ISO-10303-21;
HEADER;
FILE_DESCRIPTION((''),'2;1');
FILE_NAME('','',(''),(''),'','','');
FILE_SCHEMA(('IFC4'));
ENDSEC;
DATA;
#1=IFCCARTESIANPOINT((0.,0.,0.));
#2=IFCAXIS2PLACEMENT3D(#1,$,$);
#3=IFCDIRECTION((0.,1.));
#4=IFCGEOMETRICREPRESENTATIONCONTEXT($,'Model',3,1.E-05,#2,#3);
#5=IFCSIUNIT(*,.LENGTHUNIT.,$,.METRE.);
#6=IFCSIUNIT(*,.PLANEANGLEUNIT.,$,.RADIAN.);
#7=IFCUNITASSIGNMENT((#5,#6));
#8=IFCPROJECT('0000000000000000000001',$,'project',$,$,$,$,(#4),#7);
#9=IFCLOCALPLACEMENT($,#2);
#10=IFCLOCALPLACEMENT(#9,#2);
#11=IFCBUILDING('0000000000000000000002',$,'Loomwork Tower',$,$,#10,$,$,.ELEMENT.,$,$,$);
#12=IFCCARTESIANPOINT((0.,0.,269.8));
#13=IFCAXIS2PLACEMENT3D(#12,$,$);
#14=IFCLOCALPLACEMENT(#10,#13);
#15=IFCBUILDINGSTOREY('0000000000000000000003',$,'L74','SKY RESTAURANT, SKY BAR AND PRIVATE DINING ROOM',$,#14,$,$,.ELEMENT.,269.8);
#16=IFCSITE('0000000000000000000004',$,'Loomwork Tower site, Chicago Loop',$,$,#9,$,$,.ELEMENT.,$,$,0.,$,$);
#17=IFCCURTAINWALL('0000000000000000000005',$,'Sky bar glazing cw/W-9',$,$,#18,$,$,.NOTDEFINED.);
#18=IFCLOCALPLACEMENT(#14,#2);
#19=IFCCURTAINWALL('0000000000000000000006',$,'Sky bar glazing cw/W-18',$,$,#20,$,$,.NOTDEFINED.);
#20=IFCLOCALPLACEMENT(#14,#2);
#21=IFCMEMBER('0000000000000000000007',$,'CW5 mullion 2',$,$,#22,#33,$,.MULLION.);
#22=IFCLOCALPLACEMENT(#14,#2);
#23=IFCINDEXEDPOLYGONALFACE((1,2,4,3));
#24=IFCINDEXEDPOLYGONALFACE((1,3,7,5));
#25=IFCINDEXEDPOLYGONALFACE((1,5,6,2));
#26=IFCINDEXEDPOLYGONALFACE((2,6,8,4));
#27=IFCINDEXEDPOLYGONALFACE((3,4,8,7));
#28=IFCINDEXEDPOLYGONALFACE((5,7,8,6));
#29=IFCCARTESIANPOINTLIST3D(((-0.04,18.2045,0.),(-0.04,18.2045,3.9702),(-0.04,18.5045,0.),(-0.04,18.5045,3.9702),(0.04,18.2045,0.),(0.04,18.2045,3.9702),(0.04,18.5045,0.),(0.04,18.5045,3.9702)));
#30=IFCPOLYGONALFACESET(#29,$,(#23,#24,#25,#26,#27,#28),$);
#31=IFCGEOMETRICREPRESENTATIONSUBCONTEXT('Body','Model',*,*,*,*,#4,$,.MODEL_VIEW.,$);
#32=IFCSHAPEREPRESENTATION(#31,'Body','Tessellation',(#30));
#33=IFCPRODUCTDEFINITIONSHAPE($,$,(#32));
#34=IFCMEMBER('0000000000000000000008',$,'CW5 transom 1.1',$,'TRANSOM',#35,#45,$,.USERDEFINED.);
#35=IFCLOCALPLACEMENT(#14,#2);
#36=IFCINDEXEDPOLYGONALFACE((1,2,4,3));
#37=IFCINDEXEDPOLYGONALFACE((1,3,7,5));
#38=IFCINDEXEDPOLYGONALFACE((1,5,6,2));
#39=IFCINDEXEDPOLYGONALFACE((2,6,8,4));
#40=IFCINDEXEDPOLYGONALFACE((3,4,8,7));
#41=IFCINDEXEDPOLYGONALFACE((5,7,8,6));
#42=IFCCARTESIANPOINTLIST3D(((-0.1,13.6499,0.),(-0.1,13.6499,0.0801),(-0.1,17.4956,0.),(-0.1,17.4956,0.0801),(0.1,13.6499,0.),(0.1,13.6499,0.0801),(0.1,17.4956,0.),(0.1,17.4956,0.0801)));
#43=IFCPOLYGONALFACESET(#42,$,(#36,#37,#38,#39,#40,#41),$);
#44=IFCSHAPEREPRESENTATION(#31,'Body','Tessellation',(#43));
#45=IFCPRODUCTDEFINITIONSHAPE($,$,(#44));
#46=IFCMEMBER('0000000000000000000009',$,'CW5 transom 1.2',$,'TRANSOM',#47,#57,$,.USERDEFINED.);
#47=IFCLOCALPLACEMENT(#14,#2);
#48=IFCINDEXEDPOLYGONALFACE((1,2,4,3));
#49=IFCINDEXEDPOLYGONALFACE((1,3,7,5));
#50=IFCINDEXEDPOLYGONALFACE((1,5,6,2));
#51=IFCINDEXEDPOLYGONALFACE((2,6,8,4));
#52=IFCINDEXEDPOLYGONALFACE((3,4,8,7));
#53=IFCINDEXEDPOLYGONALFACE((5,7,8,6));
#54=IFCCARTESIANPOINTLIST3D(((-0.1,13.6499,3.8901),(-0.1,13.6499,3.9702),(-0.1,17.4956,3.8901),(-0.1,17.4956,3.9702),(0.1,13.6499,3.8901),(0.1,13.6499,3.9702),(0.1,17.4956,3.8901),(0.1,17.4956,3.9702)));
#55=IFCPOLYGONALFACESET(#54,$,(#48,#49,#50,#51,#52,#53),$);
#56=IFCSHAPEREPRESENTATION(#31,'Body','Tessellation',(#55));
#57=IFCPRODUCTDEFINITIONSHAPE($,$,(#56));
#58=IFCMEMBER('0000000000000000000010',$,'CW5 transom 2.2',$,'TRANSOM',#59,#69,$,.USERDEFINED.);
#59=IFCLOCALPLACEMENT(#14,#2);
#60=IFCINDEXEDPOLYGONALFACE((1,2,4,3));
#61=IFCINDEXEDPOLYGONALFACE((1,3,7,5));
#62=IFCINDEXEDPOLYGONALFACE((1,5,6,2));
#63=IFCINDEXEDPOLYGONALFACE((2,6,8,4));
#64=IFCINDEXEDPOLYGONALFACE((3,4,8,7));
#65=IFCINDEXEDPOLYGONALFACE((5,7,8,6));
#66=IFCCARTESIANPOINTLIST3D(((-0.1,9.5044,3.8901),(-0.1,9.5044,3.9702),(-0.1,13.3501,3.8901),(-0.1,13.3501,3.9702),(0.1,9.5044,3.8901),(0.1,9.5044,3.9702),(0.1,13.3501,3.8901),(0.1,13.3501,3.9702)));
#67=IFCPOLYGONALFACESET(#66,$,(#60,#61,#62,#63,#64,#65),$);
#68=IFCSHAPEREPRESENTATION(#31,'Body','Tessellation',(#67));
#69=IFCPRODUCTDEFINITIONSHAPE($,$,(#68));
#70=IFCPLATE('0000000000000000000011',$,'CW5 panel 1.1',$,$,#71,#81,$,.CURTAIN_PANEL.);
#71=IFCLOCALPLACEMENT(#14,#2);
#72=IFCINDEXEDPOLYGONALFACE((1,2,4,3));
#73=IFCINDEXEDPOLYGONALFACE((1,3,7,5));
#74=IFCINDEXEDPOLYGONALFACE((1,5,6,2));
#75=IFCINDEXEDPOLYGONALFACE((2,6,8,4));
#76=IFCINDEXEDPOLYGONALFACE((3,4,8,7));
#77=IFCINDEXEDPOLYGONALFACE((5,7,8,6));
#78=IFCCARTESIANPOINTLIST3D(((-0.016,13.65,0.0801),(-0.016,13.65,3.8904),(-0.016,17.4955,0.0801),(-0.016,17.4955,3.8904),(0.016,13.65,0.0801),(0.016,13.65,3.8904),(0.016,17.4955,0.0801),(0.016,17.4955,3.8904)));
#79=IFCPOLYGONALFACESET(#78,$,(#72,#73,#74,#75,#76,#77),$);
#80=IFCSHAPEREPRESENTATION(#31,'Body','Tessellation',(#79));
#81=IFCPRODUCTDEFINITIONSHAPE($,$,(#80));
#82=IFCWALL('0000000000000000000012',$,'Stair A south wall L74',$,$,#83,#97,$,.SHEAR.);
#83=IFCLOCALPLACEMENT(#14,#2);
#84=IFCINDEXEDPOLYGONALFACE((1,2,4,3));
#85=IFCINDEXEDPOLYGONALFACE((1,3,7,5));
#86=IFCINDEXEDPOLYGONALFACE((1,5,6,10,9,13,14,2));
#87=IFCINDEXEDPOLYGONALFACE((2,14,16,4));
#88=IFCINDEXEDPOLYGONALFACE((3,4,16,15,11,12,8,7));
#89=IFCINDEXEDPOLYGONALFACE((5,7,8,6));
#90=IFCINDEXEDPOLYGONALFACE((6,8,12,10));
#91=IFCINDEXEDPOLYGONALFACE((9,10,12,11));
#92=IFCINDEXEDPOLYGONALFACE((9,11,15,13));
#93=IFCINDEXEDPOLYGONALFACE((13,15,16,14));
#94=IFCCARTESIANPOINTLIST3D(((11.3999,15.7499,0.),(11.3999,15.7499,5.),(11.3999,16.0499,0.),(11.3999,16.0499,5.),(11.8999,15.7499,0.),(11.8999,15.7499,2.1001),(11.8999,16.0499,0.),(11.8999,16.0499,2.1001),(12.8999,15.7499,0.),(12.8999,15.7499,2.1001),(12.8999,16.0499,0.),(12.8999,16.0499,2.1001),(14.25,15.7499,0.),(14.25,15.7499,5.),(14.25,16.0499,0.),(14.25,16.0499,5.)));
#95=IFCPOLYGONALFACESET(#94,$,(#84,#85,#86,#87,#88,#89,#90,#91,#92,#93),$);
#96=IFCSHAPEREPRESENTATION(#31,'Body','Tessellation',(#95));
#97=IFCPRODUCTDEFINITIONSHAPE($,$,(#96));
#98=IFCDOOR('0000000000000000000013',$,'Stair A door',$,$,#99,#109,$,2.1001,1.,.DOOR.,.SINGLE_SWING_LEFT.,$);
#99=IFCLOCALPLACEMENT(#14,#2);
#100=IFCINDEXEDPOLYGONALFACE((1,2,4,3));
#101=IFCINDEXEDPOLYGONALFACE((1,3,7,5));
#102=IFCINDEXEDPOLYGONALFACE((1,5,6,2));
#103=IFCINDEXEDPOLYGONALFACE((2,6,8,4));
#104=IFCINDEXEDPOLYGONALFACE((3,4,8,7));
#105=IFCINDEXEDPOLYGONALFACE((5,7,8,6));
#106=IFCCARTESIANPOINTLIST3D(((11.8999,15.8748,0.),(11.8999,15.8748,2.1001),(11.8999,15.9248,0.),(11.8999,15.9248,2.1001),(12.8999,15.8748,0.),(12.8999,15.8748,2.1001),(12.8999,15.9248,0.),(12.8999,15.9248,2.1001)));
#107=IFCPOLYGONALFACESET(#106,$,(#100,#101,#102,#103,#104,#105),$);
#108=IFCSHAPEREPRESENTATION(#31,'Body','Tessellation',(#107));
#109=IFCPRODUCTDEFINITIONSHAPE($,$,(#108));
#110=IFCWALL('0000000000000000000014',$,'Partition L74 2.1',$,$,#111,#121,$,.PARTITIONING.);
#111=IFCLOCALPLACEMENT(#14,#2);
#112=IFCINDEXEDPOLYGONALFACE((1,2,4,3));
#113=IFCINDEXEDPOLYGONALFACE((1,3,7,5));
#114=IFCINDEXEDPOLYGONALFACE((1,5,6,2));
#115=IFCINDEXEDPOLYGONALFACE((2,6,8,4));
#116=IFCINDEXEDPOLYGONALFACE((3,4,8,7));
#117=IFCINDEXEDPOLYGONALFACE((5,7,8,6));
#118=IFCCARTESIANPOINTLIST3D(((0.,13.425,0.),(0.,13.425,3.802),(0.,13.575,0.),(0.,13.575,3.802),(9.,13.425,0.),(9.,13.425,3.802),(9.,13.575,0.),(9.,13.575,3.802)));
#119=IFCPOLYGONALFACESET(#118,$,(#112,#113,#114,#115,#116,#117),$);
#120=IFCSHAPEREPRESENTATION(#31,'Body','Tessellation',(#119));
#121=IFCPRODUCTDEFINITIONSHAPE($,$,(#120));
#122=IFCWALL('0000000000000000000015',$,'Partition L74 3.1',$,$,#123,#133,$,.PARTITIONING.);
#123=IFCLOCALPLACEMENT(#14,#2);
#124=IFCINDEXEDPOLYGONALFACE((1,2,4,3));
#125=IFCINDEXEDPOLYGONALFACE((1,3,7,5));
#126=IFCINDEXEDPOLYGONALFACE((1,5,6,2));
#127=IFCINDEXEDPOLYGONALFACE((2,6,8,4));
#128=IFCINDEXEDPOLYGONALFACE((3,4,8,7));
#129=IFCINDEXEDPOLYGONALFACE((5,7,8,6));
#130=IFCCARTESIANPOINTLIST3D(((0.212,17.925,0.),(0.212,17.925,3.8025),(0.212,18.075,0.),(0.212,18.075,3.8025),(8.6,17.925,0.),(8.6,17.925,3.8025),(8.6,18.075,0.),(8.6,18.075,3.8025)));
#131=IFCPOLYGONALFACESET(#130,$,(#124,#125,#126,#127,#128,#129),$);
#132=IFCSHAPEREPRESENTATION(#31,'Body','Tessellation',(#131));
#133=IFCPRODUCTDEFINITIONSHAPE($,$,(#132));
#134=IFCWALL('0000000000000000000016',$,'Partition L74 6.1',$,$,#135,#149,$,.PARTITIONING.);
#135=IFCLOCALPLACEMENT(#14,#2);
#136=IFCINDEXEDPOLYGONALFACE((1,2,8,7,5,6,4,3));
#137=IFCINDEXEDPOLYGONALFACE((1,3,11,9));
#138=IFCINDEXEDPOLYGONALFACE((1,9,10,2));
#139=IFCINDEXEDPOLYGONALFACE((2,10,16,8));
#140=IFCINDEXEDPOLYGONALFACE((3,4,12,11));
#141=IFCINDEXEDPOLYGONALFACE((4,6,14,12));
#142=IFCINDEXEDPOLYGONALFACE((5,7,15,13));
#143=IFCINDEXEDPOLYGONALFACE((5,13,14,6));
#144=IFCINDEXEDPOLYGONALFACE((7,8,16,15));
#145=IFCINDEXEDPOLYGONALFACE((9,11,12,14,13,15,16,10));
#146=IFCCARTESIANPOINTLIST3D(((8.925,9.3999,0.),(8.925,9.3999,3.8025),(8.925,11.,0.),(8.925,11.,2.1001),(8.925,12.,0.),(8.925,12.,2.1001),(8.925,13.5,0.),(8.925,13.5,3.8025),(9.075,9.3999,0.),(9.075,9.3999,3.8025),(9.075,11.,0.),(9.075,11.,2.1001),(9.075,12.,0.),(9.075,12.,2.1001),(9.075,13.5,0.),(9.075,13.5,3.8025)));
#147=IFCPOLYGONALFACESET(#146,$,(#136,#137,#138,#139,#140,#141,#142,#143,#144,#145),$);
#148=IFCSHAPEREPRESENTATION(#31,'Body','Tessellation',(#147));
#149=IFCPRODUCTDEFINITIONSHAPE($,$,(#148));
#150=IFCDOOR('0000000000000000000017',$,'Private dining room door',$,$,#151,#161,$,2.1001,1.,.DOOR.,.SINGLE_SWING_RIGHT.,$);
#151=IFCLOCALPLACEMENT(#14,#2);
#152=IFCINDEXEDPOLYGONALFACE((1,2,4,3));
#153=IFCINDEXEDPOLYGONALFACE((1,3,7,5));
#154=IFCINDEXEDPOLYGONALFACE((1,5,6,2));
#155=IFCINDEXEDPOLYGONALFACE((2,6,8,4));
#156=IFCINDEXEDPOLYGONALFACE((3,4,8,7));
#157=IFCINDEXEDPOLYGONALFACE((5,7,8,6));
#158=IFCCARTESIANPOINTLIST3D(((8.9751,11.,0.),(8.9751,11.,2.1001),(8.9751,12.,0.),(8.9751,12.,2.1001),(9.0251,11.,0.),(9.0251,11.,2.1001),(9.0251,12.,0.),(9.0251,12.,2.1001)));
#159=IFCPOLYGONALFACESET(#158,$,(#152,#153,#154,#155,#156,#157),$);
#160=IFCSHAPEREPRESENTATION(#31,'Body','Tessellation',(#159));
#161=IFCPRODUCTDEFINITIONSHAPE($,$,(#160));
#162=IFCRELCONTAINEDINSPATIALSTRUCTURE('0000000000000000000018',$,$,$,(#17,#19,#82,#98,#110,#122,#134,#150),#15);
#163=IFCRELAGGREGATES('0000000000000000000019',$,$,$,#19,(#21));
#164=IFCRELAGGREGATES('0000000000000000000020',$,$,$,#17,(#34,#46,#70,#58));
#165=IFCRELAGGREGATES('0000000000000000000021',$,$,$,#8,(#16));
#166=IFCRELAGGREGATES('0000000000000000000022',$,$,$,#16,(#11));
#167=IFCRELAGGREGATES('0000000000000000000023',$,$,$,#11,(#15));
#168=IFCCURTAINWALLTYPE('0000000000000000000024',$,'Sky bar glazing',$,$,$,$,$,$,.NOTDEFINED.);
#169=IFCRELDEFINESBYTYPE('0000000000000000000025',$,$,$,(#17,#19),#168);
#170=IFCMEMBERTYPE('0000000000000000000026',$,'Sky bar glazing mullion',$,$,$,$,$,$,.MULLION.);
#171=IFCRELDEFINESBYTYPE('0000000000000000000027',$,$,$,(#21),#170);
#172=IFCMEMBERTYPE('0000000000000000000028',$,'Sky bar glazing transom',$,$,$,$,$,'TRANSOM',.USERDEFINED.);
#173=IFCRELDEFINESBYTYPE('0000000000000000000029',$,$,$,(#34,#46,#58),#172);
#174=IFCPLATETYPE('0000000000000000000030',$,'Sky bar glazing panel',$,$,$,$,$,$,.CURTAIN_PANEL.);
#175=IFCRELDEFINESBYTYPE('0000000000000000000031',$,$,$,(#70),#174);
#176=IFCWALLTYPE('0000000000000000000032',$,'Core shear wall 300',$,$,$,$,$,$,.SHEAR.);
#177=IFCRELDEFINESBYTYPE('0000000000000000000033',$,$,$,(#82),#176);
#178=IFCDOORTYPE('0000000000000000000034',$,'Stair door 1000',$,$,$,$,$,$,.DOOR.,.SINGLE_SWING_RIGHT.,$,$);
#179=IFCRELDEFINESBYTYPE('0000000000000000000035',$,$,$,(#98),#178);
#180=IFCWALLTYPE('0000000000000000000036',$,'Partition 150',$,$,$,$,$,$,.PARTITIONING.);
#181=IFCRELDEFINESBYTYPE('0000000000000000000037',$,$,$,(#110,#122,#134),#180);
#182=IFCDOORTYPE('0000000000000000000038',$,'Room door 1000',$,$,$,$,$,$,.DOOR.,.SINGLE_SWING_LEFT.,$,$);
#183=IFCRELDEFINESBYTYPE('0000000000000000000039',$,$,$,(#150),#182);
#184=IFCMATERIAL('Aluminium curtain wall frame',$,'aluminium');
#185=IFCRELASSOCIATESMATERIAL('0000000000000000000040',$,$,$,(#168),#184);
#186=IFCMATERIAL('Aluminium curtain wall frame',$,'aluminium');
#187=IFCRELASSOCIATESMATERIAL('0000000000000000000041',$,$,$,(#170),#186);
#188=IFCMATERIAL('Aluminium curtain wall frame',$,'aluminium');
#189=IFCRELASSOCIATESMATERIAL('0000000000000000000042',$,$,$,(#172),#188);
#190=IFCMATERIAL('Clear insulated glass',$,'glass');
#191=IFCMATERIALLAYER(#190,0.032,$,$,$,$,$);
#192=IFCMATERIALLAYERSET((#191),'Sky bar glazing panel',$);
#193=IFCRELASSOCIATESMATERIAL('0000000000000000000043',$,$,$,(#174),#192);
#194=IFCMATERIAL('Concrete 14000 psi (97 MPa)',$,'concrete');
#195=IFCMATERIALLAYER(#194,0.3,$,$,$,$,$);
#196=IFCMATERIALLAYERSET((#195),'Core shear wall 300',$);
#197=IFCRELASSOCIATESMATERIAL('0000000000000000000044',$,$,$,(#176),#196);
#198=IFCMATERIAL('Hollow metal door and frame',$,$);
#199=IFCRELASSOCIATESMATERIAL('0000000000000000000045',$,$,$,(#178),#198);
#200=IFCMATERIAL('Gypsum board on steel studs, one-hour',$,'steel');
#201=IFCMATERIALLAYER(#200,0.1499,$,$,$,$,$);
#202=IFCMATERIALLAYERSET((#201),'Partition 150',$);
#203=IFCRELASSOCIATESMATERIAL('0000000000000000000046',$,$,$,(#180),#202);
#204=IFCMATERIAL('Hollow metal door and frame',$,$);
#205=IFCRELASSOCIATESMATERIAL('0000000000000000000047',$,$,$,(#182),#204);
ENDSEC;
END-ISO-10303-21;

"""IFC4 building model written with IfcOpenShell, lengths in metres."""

from ifc_helpers import new_model, si_unit, direction, frame, frame_2d, origin, origin_2d, place, context, subcontext, project, spatial, rectangle, extrude, material, layer, layer_set, material_profile, profile_set, type_object, element, fill, aggregate, save


model = new_model("IFC4")

# Units and contexts
model_context = context("Model", 3, precision=1e-05, world=origin(), true_north=direction((0.0, 1.0)))
body_context = subcontext(model_context, "Body", "Model", "MODEL_VIEW")
ifc_project = project(units=[si_unit("LENGTHUNIT", "METRE"), si_unit("PLANEANGLEUNIT", "RADIAN")], contexts=[model_context])

# Site, building, storey
site_placement = place(None, origin())
site = spatial("IfcSite", under=ifc_project, at=site_placement, Name="Loomwork Tower site, Chicago Loop", CompositionType="ELEMENT", RefElevation=0.0)
building_placement = place(site_placement, origin())
building = spatial("IfcBuilding", under=site, at=building_placement, Name="Loomwork Tower", CompositionType="ELEMENT")
storey_placement = place(building_placement, frame((0.0, 0.0, 269.8)))
storey = spatial("IfcBuildingStorey", under=building, at=storey_placement, Name="L74", Description="SKY RESTAURANT, SKY BAR AND PRIVATE DINING ROOM", CompositionType="ELEMENT", Elevation=269.8)

# Curtain wall
ifc_material_1 = material(Name="Aluminium curtain wall frame", Category="aluminium")
curtain_wall_type = type_object("IfcCurtainWallType", Name="Sky bar glazing", PredefinedType="NOTDEFINED", material=ifc_material_1)
curtain_wall_1_placement = place(storey_placement, origin())
curtain_wall_1 = element("IfcCurtainWall", 1, at=curtain_wall_1_placement, inside=storey, type_object=curtain_wall_type, Name="Sky bar glazing cw/W-9", PredefinedType="NOTDEFINED")
ifc_material_2 = material(Name="Aluminium curtain wall frame", Category="aluminium")
ifc_material_profile_1 = material_profile(ifc_material_2, rectangle(XDim=0.0801, YDim=0.3, at=origin_2d()), Name="AL 80x300")
ifc_profile_set_1 = profile_set([ifc_material_profile_1], Name="Aluminium curtain wall frame")
member_type_1 = type_object("IfcMemberType", Name="Sky bar glazing mullion", PredefinedType="MULLION", material=ifc_profile_set_1)

# Curtain wall, member
curtain_wall_2_placement = place(storey_placement, origin())
curtain_wall_2 = element("IfcCurtainWall", 2, at=curtain_wall_2_placement, inside=storey, type_object=curtain_wall_type, Name="Sky bar glazing cw/W-18", PredefinedType="NOTDEFINED")
member_1_placement = place(storey_placement, frame((0.0, 18.3545, 0.0), z_axis=(0.0, 0.0, 1.0), x_axis=(1.0, 0.0, 0.0)))
member_1 = element("IfcMember", 3, at=member_1_placement, type_object=member_type_1, Name="CW5 mullion 2", PredefinedType="MULLION", context=body_context, shape_type="SweptSolid", body=[
    extrude(rectangle(XDim=0.0801, YDim=0.3, at=origin_2d()), origin(), (0.0, 0.0, 1.0), 3.9702),
])
aggregate(curtain_wall_2, [member_1])

# Members
ifc_material_3 = material(Name="Aluminium curtain wall frame", Category="aluminium")
ifc_material_profile_2 = material_profile(ifc_material_3, rectangle(XDim=0.2, YDim=0.0801, at=origin_2d()), Name="AL 80x200")
ifc_profile_set_2 = profile_set([ifc_material_profile_2], Name="Aluminium curtain wall frame")
member_type_2 = type_object("IfcMemberType", Name="Sky bar glazing transom", ElementType="TRANSOM", PredefinedType="USERDEFINED", material=ifc_profile_set_2)
member_2_placement = place(storey_placement, frame((0.0, 17.4956, 0.04), z_axis=(0.0, -1.0, 0.0), x_axis=(1.0, 0.0, 0.0)))
member_2 = element("IfcMember", 4, at=member_2_placement, type_object=member_type_2, Name="CW5 transom 1.1", ObjectType="TRANSOM", PredefinedType="USERDEFINED", context=body_context, shape_type="SweptSolid", body=[
    extrude(rectangle(XDim=0.2, YDim=0.0801, at=origin_2d()), origin(), (0.0, 0.0, 1.0), 3.8457),
])
member_3_placement = place(storey_placement, frame((0.0, 17.4956, 3.9302), z_axis=(0.0, -1.0, 0.0), x_axis=(1.0, 0.0, 0.0)))
member_3 = element("IfcMember", 5, at=member_3_placement, type_object=member_type_2, Name="CW5 transom 1.2", ObjectType="TRANSOM", PredefinedType="USERDEFINED", context=body_context, shape_type="SweptSolid", body=[
    extrude(rectangle(XDim=0.2, YDim=0.0801, at=origin_2d()), origin(), (0.0, 0.0, 1.0), 3.8457),
])
member_4_placement = place(storey_placement, frame((0.0, 13.3501, 3.9302), z_axis=(0.0, -1.0, 0.0), x_axis=(1.0, 0.0, 0.0)))
member_4 = element("IfcMember", 6, at=member_4_placement, type_object=member_type_2, Name="CW5 transom 2.2", ObjectType="TRANSOM", PredefinedType="USERDEFINED", context=body_context, shape_type="SweptSolid", body=[
    extrude(rectangle(XDim=0.2, YDim=0.0801, at=origin_2d()), origin(), (0.0, 0.0, 1.0), 3.8457),
])

# Plate
ifc_material_4 = material(Name="Clear insulated glass", Category="glass")
ifc_layer_1 = layer(ifc_material_4, 0.032)
ifc_layer_set_1 = layer_set([ifc_layer_1], Name="Sky bar glazing panel")
plate_type = type_object("IfcPlateType", Name="Sky bar glazing panel", PredefinedType="CURTAIN_PANEL", material=ifc_layer_set_1)
plate_placement = place(storey_placement, frame((0.0, 15.5728, 0.0801), z_axis=(0.0, 0.0, 1.0), x_axis=(0.0, -1.0, 0.0)))
plate = element("IfcPlate", 7, at=plate_placement, type_object=plate_type, Name="CW5 panel 1.1", PredefinedType="CURTAIN_PANEL", context=body_context, shape_type="SweptSolid", body=[
    extrude(rectangle(XDim=3.8455, YDim=0.032, at=origin_2d()), origin(), (0.0, 0.0, 1.0), 3.8103),
])
aggregate(curtain_wall_1, [member_2, member_3, plate, member_4])

# Wall, opening, door
ifc_material_5 = material(Name="Concrete 14000 psi (97 MPa)", Category="concrete")
ifc_layer_2 = layer(ifc_material_5, 0.3)
ifc_layer_set_2 = layer_set([ifc_layer_2], Name="Core shear wall 300")
wall_type_1 = type_object("IfcWallType", Name="Core shear wall 300", PredefinedType="SHEAR", material=ifc_layer_set_2)
wall_1_placement = place(storey_placement, frame((11.3999, 15.8999, 0.0), z_axis=(0.0, 0.0, 1.0), x_axis=(1.0, 0.0, 0.0)))
wall_1 = element("IfcWall", 8, at=wall_1_placement, inside=storey, type_object=wall_type_1, Name="Stair A south wall L74", PredefinedType="SHEAR", context=body_context, shape_type="SweptSolid", body=[
    extrude(rectangle(XDim=2.8501, YDim=0.3, at=frame_2d((1.425, 0.0))), origin(), (0.0, 0.0, 1.0), 5.0),
])
opening_1_placement = place(wall_1_placement, frame((0.5, 0.0, 0.0)))
opening_1 = element("IfcOpeningElement", 9, at=opening_1_placement, cuts=wall_1, PredefinedType="OPENING", context=body_context, shape_type="SweptSolid", body=[
    extrude(rectangle(XDim=1.0, YDim=2.1001, at=frame_2d((0.5, 1.05))), frame((0.0, 0.1599, 0.0), z_axis=(0.0, -1.0, 0.0), x_axis=(1.0, 0.0, 0.0)), (0.0, 0.0, 1.0), 0.3201),
])
ifc_material_6 = material(Name="Hollow metal door and frame")
door_type_1 = type_object("IfcDoorType", Name="Stair door 1000", OperationType="SINGLE_SWING_RIGHT", PredefinedType="DOOR", material=ifc_material_6)
door_1_placement = place(opening_1_placement, origin())
door_1 = element("IfcDoor", 10, at=door_1_placement, inside=storey, type_object=door_type_1, Name="Stair A door", OperationType="SINGLE_SWING_LEFT", OverallHeight=2.1001, OverallWidth=1.0, PredefinedType="DOOR", context=body_context, shape_type="SweptSolid", body=[
    extrude(rectangle(XDim=1.0, YDim=2.1001, at=frame_2d((0.5, 1.05))), frame((0.0, 0.0249, 0.0), z_axis=(0.0, -1.0, 0.0), x_axis=(1.0, 0.0, 0.0)), (0.0, 0.0, 1.0), 0.05),
])
fill(opening_1, door_1)

# Walls
ifc_material_7 = material(Name="Gypsum board on steel studs, one-hour", Category="steel")
ifc_layer_3 = layer(ifc_material_7, 0.1499)
ifc_layer_set_3 = layer_set([ifc_layer_3], Name="Partition 150")
wall_type_2 = type_object("IfcWallType", Name="Partition 150", PredefinedType="PARTITIONING", material=ifc_layer_set_3)
wall_2_placement = place(storey_placement, frame((0.0, 13.5, 0.0), z_axis=(0.0, 0.0, 1.0), x_axis=(1.0, 0.0, 0.0)))
element("IfcWall", 11, at=wall_2_placement, inside=storey, type_object=wall_type_2, Name="Partition L74 2.1", PredefinedType="PARTITIONING", context=body_context, shape_type="SweptSolid", body=[
    extrude(rectangle(XDim=9.0, YDim=0.1499, at=frame_2d((4.5, 0.0))), origin(), (0.0, 0.0, 1.0), 3.802),
])
wall_3_placement = place(storey_placement, frame((0.2122, 18.0, 0.0), z_axis=(0.0, 0.0, 1.0), x_axis=(1.0, 0.0, 0.0)))
element("IfcWall", 12, at=wall_3_placement, inside=storey, type_object=wall_type_2, Name="Partition L74 3.1", PredefinedType="PARTITIONING", context=body_context, shape_type="SweptSolid", body=[
    extrude(rectangle(XDim=8.3879, YDim=0.1499, at=frame_2d((4.1938, 0.0))), origin(), (0.0, 0.0, 1.0), 3.8025),
])

# Wall, opening, door
wall_4_placement = place(storey_placement, frame((9.0, 13.5, 0.0), z_axis=(0.0, 0.0, 1.0), x_axis=(0.0, -1.0, 0.0)))
wall_4 = element("IfcWall", 13, at=wall_4_placement, inside=storey, type_object=wall_type_2, Name="Partition L74 6.1", PredefinedType="PARTITIONING", context=body_context, shape_type="SweptSolid", body=[
    extrude(rectangle(XDim=4.1001, YDim=0.1499, at=frame_2d((2.05, 0.0))), origin(), (0.0, 0.0, 1.0), 3.8025),
])
opening_2_placement = place(wall_4_placement, frame((1.5, 0.0, 0.0)))
opening_2 = element("IfcOpeningElement", 14, at=opening_2_placement, cuts=wall_4, PredefinedType="OPENING", context=body_context, shape_type="SweptSolid", body=[
    extrude(rectangle(XDim=1.0, YDim=2.1001, at=frame_2d((0.5, 1.05))), frame((0.0, 0.085, 0.0), z_axis=(0.0, -1.0, 0.0), x_axis=(1.0, 0.0, 0.0)), (0.0, 0.0, 1.0), 0.1699),
])
ifc_material_8 = material(Name="Hollow metal door and frame")
door_type_2 = type_object("IfcDoorType", Name="Room door 1000", OperationType="SINGLE_SWING_LEFT", PredefinedType="DOOR", material=ifc_material_8)
door_2_placement = place(opening_2_placement, frame((1.0, 0.0, 0.0), z_axis=(0.0, 0.0, 1.0), x_axis=(-1.0, 0.0, 0.0)))
door_2 = element("IfcDoor", 15, at=door_2_placement, inside=storey, type_object=door_type_2, Name="Private dining room door", OperationType="SINGLE_SWING_RIGHT", OverallHeight=2.1001, OverallWidth=1.0, PredefinedType="DOOR", context=body_context, shape_type="SweptSolid", body=[
    extrude(rectangle(XDim=1.0, YDim=2.1001, at=frame_2d((0.5, 1.05))), frame((0.0, 0.0249, 0.0), z_axis=(0.0, -1.0, 0.0), x_axis=(1.0, 0.0, 0.0)), (0.0, 0.0, 1.0), 0.05),
])
fill(opening_2, door_2)

save(model, "model.ifc")
